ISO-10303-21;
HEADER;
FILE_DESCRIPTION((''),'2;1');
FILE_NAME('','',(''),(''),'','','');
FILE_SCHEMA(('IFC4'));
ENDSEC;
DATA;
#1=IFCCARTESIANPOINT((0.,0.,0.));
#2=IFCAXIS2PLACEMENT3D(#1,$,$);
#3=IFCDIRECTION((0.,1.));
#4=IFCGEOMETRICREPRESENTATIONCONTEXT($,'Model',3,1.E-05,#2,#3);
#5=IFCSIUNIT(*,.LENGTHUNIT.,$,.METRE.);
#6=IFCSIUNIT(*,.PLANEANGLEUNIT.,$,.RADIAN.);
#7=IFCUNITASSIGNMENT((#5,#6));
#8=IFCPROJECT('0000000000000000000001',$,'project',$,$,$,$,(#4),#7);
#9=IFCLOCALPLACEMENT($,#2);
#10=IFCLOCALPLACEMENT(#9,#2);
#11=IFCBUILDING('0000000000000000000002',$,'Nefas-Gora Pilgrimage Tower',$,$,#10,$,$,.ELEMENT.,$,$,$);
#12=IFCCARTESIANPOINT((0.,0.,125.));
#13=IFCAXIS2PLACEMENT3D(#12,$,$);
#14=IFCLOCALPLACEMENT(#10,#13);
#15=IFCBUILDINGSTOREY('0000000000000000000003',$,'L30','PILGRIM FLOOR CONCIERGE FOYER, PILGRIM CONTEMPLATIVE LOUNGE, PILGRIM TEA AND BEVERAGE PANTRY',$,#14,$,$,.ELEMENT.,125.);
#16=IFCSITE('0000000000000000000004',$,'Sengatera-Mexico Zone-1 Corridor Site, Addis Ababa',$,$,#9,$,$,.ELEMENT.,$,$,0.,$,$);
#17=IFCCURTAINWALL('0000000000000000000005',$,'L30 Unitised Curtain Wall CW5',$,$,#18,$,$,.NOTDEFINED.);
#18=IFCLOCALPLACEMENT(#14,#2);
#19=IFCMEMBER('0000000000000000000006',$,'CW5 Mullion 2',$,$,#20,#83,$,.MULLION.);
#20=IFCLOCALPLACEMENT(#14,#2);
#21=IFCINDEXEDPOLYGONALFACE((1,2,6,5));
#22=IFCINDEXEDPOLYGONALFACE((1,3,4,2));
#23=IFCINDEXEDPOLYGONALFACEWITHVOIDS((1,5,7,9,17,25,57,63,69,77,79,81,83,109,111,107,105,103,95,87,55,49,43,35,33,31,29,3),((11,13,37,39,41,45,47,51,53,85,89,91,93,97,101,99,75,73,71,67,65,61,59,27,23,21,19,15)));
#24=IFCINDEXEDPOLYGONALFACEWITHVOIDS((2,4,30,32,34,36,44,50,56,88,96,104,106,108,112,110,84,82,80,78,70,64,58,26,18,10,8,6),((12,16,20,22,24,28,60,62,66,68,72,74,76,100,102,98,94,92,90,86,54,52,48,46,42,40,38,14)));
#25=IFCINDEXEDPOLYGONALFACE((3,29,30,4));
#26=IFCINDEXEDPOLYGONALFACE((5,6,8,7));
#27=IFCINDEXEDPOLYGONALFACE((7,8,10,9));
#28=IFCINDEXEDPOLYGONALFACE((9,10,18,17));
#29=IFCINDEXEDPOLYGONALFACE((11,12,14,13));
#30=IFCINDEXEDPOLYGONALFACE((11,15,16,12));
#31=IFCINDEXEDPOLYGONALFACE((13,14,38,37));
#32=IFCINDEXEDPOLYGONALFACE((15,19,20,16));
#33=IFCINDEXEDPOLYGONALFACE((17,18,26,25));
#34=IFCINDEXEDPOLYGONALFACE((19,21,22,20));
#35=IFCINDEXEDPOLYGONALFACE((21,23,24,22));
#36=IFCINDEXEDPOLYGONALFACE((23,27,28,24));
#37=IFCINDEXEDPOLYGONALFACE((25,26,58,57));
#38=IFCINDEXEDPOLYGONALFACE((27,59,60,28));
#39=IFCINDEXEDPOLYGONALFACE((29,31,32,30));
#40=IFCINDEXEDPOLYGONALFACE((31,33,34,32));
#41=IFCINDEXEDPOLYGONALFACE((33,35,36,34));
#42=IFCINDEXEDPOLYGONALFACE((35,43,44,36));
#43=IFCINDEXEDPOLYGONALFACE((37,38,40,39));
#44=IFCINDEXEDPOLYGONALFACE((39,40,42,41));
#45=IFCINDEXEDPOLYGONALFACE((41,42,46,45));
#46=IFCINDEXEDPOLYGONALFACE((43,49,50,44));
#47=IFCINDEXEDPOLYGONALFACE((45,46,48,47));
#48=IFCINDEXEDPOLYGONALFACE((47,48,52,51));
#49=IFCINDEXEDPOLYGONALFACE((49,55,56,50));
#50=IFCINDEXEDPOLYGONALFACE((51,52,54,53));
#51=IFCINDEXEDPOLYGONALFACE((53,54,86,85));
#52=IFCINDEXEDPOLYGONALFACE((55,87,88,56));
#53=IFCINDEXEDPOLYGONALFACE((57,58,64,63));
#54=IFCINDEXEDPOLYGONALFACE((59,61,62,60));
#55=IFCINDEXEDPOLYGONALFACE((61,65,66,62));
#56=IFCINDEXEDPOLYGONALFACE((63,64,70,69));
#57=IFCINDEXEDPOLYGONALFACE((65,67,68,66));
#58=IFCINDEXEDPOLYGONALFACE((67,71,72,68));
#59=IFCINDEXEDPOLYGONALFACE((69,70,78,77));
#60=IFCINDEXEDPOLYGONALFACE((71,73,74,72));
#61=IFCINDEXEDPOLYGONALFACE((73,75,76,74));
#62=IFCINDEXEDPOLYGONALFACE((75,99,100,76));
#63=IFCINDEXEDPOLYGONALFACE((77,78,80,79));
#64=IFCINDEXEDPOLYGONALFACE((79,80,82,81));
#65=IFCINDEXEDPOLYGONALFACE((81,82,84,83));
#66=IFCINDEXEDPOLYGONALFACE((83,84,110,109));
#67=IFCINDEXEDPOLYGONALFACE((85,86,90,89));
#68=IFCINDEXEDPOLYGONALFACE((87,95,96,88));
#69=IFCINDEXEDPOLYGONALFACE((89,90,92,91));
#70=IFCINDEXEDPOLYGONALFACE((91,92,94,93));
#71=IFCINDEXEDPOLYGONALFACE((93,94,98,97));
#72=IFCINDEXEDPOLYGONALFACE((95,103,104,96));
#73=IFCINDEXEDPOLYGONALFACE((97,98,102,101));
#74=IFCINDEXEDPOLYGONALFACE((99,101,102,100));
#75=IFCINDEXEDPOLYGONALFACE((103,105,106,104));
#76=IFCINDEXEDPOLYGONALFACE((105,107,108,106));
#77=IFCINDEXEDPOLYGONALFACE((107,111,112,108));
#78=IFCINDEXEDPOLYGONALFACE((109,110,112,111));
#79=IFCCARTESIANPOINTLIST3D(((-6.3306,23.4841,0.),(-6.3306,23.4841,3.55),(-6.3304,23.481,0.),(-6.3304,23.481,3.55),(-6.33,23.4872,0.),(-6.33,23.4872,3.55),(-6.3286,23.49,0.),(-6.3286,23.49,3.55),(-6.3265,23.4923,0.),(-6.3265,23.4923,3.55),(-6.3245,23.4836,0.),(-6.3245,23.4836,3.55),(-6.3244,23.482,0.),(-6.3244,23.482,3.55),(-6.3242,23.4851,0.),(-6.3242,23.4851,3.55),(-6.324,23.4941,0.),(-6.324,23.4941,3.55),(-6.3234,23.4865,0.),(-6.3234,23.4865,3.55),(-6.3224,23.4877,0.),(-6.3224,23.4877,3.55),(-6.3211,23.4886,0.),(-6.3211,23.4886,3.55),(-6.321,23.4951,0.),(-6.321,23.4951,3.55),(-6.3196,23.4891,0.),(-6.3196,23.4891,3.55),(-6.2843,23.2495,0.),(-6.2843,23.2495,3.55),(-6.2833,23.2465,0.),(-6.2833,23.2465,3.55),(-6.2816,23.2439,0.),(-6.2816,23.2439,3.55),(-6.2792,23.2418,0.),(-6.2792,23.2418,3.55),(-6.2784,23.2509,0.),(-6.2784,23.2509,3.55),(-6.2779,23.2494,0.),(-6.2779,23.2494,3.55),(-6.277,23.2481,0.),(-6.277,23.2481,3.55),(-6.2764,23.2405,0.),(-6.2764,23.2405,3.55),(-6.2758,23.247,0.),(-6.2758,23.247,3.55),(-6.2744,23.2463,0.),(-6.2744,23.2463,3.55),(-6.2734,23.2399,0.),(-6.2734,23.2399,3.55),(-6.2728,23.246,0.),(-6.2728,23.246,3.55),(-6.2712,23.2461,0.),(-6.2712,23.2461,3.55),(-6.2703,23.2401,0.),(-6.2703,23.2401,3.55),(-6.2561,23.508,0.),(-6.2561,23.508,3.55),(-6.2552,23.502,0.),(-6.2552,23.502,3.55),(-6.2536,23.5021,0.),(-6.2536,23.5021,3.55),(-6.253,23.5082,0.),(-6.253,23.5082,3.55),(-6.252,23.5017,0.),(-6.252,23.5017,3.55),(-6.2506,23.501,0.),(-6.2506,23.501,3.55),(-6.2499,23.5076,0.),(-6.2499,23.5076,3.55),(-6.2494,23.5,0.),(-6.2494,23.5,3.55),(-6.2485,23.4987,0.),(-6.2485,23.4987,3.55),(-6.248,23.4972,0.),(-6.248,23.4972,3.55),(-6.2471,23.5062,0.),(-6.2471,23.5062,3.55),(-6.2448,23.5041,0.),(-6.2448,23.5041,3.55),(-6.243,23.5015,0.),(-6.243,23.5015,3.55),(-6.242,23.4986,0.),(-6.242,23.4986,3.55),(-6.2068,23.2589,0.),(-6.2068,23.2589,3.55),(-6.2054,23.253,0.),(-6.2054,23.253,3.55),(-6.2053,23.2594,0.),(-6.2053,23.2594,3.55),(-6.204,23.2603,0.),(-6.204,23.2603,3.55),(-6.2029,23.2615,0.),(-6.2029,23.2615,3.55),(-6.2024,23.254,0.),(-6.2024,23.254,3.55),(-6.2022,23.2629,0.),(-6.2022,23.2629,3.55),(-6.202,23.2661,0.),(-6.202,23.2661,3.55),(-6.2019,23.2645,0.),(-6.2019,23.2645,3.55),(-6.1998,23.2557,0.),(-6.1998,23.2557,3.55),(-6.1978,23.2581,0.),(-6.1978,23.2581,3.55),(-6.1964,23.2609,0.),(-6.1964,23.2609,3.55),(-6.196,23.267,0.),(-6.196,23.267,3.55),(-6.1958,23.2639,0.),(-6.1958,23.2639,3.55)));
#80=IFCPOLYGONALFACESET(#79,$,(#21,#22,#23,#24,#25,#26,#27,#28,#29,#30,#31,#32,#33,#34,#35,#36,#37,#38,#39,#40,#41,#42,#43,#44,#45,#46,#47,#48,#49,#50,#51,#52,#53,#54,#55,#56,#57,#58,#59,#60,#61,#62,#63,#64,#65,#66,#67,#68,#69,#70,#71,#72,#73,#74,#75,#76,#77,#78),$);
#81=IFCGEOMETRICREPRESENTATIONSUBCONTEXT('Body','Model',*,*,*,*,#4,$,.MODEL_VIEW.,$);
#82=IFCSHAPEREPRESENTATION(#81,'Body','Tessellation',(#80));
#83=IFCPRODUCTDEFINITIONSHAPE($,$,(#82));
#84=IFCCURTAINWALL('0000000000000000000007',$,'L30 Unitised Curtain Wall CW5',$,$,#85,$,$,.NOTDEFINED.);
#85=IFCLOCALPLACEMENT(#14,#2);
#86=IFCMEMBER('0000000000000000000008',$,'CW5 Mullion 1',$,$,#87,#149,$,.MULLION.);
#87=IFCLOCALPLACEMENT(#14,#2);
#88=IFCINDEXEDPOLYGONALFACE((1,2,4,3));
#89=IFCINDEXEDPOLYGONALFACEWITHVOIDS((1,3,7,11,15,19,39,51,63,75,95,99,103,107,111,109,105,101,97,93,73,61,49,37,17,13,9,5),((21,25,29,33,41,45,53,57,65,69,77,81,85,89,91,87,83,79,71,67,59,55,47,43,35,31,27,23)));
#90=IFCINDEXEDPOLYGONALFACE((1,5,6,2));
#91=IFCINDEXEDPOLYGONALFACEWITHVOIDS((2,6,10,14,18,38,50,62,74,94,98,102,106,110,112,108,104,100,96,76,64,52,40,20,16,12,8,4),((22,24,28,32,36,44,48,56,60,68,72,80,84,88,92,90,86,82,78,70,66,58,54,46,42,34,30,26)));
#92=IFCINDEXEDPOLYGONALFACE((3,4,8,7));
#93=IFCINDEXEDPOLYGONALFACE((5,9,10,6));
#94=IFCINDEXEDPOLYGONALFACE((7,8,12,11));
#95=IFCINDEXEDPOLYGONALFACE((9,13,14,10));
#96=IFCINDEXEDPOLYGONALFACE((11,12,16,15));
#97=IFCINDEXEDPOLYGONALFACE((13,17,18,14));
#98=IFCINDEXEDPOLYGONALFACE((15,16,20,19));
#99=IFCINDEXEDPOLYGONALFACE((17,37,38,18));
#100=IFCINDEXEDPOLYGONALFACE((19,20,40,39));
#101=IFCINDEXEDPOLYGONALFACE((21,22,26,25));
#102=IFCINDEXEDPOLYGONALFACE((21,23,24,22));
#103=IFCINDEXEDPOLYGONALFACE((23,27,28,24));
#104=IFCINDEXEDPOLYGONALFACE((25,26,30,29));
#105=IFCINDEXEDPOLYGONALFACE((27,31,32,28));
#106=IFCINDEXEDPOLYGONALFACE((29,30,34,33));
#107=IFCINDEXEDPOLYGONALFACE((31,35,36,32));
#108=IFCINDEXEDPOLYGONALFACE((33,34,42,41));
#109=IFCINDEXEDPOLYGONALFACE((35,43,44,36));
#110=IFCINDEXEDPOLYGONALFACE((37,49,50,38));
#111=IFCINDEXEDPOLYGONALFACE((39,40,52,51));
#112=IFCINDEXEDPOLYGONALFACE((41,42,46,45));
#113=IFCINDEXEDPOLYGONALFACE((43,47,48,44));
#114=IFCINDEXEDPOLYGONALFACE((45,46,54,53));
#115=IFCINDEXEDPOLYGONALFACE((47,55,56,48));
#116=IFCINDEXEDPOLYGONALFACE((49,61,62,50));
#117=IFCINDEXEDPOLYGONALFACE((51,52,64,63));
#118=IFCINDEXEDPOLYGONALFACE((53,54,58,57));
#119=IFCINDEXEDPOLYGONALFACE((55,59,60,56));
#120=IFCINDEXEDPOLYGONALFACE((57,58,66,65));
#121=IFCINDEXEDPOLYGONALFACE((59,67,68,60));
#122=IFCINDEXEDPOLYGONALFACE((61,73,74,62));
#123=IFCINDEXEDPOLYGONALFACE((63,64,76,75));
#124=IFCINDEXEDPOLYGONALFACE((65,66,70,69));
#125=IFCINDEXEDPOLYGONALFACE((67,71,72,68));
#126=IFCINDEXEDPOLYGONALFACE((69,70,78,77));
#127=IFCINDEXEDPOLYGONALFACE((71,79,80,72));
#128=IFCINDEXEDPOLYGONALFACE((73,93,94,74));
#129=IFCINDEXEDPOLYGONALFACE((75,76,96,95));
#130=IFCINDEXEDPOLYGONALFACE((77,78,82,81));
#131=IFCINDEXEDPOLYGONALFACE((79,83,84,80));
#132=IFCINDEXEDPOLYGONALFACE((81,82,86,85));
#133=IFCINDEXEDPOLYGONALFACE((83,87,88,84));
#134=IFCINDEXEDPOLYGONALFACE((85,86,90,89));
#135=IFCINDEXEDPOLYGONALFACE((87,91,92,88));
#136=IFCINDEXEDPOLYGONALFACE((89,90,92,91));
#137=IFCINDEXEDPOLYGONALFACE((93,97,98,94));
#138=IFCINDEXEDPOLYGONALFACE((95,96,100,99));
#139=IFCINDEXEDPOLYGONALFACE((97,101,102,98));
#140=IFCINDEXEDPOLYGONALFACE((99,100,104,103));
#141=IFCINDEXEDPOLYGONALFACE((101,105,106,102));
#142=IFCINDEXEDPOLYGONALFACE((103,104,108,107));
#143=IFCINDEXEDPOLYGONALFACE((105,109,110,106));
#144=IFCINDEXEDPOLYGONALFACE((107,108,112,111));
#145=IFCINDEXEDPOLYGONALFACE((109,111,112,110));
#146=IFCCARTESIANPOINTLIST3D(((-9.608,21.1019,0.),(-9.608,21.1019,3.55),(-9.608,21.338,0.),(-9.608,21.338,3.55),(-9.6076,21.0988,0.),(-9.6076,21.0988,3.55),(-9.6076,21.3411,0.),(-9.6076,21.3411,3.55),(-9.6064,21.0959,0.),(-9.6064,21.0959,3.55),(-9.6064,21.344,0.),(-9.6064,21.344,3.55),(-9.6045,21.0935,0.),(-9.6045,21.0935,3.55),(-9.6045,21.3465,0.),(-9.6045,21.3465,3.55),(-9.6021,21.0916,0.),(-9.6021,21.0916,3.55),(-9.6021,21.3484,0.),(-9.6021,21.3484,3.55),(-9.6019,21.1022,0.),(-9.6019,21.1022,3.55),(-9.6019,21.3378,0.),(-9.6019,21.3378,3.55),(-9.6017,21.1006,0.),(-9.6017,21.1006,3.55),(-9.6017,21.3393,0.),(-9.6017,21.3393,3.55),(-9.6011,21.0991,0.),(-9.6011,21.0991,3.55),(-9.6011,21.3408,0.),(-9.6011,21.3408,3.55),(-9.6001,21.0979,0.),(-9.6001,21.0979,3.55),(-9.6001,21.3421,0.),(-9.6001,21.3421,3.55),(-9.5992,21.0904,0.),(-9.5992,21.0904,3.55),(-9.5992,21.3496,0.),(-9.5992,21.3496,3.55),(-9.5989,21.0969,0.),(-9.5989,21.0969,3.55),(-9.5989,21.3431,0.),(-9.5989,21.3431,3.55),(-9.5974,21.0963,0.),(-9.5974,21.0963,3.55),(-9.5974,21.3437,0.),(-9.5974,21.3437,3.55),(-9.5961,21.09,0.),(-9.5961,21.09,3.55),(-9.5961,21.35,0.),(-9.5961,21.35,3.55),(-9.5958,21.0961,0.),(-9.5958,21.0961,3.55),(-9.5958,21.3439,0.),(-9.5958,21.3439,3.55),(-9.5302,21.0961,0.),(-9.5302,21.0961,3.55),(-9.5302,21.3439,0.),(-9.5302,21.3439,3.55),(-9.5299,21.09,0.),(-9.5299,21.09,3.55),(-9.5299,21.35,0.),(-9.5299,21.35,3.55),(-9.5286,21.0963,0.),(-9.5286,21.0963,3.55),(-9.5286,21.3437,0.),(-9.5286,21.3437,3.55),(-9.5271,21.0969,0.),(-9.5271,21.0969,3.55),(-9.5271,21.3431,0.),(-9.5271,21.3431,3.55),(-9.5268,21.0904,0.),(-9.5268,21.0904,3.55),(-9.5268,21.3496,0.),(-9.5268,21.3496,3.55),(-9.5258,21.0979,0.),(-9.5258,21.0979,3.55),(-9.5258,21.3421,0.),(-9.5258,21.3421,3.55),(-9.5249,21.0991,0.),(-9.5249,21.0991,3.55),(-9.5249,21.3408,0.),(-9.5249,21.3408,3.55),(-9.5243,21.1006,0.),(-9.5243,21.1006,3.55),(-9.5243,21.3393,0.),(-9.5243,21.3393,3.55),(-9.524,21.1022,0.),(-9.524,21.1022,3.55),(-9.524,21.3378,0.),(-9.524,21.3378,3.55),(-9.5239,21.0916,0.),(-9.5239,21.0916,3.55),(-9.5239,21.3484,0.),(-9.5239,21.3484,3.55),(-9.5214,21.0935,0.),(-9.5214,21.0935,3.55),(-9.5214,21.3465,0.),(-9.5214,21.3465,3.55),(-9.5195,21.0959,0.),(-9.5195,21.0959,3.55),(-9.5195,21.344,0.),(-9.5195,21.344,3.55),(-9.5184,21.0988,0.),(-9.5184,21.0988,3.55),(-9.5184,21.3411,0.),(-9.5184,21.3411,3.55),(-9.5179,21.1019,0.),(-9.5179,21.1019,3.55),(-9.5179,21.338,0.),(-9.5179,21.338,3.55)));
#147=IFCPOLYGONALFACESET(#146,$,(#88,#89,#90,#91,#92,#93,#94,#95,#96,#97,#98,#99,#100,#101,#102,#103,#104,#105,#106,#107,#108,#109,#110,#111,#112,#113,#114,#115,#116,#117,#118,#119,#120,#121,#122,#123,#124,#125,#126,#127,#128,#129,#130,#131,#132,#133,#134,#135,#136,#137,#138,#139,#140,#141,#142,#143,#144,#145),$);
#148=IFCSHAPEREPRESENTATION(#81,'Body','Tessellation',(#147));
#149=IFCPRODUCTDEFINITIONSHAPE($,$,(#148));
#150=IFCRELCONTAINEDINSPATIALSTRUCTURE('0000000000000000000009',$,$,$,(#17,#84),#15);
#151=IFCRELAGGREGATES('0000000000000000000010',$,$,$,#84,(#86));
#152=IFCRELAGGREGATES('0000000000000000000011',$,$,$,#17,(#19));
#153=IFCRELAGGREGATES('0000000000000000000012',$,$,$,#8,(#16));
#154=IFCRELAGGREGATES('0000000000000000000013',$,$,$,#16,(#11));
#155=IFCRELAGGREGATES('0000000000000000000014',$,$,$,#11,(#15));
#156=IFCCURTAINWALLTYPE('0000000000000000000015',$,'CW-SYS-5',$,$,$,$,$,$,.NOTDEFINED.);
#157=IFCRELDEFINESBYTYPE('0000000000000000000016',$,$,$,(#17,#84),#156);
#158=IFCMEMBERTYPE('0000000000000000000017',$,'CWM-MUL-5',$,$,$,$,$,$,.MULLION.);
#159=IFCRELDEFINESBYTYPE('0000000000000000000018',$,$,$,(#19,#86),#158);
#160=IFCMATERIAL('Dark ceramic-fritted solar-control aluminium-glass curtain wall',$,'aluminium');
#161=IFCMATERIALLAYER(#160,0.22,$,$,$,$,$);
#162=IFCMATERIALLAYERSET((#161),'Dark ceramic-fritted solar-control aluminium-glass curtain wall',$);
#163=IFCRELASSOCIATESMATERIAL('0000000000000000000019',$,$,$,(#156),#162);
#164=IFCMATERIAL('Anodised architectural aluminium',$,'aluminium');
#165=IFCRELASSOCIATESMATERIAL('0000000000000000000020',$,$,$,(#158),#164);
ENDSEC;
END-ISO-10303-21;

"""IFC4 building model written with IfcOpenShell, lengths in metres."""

from ifc_helpers import new_model, si_unit, direction, frame, origin, origin_2d, place, context, subcontext, project, spatial, hollow_rectangle, extrude, source, transform, mapped, material, layer, layer_set, material_profile, profile_set, type_object, element, aggregate, save


model = new_model("IFC4")

# Units and contexts
model_context = context("Model", 3, precision=1e-05, world=origin(), true_north=direction((0.0, 1.0)))
body_context = subcontext(model_context, "Body", "Model", "MODEL_VIEW")
ifc_project = project(units=[si_unit("LENGTHUNIT", "METRE"), si_unit("PLANEANGLEUNIT", "RADIAN")], contexts=[model_context])

# Site, building, storey
site_placement = place(None, origin())
site = spatial("IfcSite", under=ifc_project, at=site_placement, Name="Sengatera-Mexico Zone-1 Corridor Site, Addis Ababa", CompositionType="ELEMENT", RefElevation=0.0)
building_placement = place(site_placement, origin())
building = spatial("IfcBuilding", under=site, at=building_placement, Name="Nefas-Gora Pilgrimage Tower", CompositionType="ELEMENT")
storey_placement = place(building_placement, frame((0.0, 0.0, 125.0)))
storey = spatial("IfcBuildingStorey", under=building, at=storey_placement, Name="L30", Description="PILGRIM FLOOR CONCIERGE FOYER, PILGRIM CONTEMPLATIVE LOUNGE, PILGRIM TEA AND BEVERAGE PANTRY", CompositionType="ELEMENT", Elevation=125.0)

# Curtain walls, members
ifc_material_1 = material(Name="Dark ceramic-fritted solar-control aluminium-glass curtain wall", Category="aluminium")
ifc_layer_1 = layer(ifc_material_1, 0.22)
ifc_layer_set_1 = layer_set([ifc_layer_1], Name="Dark ceramic-fritted solar-control aluminium-glass curtain wall")
curtain_wall_type = type_object("IfcCurtainWallType", Name="CW-SYS-5", PredefinedType="NOTDEFINED", material=ifc_layer_set_1)
curtain_wall_1_placement = place(storey_placement, origin())
curtain_wall_1 = element("IfcCurtainWall", 1, at=curtain_wall_1_placement, inside=storey, type_object=curtain_wall_type, Name="L30 Unitised Curtain Wall CW5", PredefinedType="NOTDEFINED")
ifc_material_2 = material(Name="Anodised architectural aluminium", Category="aluminium")
ifc_material_profile_1 = material_profile(ifc_material_2, hollow_rectangle(XDim=0.0901, YDim=0.26, WallThickness=0.0061, InnerFilletRadius=0.0061, OuterFilletRadius=0.012, at=origin_2d()), Name="ALU MULLION 90x260")
ifc_profile_set_1 = profile_set([ifc_material_profile_1], Name="Anodised architectural aluminium")
member_type_1 = type_object("IfcMemberType", Name="CWM-MUL-5", PredefinedType="MULLION", material=ifc_profile_set_1)
shared_shape_1 = source(origin(), body_context, "Body", "SweptSolid", [
    extrude(hollow_rectangle(XDim=0.0901, YDim=0.26, WallThickness=0.0061, InnerFilletRadius=0.0061, OuterFilletRadius=0.012, at=origin_2d()), origin(), (0.0, 0.0, 1.0), 3.55),
])
member_1_placement = place(storey_placement, frame((-6.2632, 23.374, 0.0), z_axis=(0.0, 0.0, 1.0), x_axis=(-0.980783, -0.195102, 0.0)))
member_1 = element("IfcMember", 2, at=member_1_placement, type_object=member_type_1, Name="CW5 Mullion 2", PredefinedType="MULLION", context=body_context, shape_type="MappedRepresentation", body=[
    mapped(shared_shape_1, transform((0.0, 0.0, 0.0), x_axis=(1.0, 0.0, 0.0), y_axis=(0.0, 1.0, 0.0), z_axis=(0.0, 0.0, 1.0), scale=1.0)),
])
curtain_wall_2_placement = place(storey_placement, origin())
curtain_wall_2 = element("IfcCurtainWall", 3, at=curtain_wall_2_placement, inside=storey, type_object=curtain_wall_type, Name="L30 Unitised Curtain Wall CW5", PredefinedType="NOTDEFINED")
member_2_placement = place(storey_placement, frame((-9.563, 21.22, 0.0), z_axis=(0.0, 0.0, 1.0), x_axis=(-1.0, 0.0, 0.0)))
member_2 = element("IfcMember", 4, at=member_2_placement, type_object=member_type_1, Name="CW5 Mullion 1", PredefinedType="MULLION", context=body_context, shape_type="MappedRepresentation", body=[
    mapped(shared_shape_1, transform((0.0, 0.0, 0.0), x_axis=(1.0, 0.0, 0.0), y_axis=(0.0, 1.0, 0.0), z_axis=(0.0, 0.0, 1.0), scale=1.0)),
])
aggregate(curtain_wall_2, [member_2])

aggregate(curtain_wall_1, [member_1])

save(model, "model.ifc")
